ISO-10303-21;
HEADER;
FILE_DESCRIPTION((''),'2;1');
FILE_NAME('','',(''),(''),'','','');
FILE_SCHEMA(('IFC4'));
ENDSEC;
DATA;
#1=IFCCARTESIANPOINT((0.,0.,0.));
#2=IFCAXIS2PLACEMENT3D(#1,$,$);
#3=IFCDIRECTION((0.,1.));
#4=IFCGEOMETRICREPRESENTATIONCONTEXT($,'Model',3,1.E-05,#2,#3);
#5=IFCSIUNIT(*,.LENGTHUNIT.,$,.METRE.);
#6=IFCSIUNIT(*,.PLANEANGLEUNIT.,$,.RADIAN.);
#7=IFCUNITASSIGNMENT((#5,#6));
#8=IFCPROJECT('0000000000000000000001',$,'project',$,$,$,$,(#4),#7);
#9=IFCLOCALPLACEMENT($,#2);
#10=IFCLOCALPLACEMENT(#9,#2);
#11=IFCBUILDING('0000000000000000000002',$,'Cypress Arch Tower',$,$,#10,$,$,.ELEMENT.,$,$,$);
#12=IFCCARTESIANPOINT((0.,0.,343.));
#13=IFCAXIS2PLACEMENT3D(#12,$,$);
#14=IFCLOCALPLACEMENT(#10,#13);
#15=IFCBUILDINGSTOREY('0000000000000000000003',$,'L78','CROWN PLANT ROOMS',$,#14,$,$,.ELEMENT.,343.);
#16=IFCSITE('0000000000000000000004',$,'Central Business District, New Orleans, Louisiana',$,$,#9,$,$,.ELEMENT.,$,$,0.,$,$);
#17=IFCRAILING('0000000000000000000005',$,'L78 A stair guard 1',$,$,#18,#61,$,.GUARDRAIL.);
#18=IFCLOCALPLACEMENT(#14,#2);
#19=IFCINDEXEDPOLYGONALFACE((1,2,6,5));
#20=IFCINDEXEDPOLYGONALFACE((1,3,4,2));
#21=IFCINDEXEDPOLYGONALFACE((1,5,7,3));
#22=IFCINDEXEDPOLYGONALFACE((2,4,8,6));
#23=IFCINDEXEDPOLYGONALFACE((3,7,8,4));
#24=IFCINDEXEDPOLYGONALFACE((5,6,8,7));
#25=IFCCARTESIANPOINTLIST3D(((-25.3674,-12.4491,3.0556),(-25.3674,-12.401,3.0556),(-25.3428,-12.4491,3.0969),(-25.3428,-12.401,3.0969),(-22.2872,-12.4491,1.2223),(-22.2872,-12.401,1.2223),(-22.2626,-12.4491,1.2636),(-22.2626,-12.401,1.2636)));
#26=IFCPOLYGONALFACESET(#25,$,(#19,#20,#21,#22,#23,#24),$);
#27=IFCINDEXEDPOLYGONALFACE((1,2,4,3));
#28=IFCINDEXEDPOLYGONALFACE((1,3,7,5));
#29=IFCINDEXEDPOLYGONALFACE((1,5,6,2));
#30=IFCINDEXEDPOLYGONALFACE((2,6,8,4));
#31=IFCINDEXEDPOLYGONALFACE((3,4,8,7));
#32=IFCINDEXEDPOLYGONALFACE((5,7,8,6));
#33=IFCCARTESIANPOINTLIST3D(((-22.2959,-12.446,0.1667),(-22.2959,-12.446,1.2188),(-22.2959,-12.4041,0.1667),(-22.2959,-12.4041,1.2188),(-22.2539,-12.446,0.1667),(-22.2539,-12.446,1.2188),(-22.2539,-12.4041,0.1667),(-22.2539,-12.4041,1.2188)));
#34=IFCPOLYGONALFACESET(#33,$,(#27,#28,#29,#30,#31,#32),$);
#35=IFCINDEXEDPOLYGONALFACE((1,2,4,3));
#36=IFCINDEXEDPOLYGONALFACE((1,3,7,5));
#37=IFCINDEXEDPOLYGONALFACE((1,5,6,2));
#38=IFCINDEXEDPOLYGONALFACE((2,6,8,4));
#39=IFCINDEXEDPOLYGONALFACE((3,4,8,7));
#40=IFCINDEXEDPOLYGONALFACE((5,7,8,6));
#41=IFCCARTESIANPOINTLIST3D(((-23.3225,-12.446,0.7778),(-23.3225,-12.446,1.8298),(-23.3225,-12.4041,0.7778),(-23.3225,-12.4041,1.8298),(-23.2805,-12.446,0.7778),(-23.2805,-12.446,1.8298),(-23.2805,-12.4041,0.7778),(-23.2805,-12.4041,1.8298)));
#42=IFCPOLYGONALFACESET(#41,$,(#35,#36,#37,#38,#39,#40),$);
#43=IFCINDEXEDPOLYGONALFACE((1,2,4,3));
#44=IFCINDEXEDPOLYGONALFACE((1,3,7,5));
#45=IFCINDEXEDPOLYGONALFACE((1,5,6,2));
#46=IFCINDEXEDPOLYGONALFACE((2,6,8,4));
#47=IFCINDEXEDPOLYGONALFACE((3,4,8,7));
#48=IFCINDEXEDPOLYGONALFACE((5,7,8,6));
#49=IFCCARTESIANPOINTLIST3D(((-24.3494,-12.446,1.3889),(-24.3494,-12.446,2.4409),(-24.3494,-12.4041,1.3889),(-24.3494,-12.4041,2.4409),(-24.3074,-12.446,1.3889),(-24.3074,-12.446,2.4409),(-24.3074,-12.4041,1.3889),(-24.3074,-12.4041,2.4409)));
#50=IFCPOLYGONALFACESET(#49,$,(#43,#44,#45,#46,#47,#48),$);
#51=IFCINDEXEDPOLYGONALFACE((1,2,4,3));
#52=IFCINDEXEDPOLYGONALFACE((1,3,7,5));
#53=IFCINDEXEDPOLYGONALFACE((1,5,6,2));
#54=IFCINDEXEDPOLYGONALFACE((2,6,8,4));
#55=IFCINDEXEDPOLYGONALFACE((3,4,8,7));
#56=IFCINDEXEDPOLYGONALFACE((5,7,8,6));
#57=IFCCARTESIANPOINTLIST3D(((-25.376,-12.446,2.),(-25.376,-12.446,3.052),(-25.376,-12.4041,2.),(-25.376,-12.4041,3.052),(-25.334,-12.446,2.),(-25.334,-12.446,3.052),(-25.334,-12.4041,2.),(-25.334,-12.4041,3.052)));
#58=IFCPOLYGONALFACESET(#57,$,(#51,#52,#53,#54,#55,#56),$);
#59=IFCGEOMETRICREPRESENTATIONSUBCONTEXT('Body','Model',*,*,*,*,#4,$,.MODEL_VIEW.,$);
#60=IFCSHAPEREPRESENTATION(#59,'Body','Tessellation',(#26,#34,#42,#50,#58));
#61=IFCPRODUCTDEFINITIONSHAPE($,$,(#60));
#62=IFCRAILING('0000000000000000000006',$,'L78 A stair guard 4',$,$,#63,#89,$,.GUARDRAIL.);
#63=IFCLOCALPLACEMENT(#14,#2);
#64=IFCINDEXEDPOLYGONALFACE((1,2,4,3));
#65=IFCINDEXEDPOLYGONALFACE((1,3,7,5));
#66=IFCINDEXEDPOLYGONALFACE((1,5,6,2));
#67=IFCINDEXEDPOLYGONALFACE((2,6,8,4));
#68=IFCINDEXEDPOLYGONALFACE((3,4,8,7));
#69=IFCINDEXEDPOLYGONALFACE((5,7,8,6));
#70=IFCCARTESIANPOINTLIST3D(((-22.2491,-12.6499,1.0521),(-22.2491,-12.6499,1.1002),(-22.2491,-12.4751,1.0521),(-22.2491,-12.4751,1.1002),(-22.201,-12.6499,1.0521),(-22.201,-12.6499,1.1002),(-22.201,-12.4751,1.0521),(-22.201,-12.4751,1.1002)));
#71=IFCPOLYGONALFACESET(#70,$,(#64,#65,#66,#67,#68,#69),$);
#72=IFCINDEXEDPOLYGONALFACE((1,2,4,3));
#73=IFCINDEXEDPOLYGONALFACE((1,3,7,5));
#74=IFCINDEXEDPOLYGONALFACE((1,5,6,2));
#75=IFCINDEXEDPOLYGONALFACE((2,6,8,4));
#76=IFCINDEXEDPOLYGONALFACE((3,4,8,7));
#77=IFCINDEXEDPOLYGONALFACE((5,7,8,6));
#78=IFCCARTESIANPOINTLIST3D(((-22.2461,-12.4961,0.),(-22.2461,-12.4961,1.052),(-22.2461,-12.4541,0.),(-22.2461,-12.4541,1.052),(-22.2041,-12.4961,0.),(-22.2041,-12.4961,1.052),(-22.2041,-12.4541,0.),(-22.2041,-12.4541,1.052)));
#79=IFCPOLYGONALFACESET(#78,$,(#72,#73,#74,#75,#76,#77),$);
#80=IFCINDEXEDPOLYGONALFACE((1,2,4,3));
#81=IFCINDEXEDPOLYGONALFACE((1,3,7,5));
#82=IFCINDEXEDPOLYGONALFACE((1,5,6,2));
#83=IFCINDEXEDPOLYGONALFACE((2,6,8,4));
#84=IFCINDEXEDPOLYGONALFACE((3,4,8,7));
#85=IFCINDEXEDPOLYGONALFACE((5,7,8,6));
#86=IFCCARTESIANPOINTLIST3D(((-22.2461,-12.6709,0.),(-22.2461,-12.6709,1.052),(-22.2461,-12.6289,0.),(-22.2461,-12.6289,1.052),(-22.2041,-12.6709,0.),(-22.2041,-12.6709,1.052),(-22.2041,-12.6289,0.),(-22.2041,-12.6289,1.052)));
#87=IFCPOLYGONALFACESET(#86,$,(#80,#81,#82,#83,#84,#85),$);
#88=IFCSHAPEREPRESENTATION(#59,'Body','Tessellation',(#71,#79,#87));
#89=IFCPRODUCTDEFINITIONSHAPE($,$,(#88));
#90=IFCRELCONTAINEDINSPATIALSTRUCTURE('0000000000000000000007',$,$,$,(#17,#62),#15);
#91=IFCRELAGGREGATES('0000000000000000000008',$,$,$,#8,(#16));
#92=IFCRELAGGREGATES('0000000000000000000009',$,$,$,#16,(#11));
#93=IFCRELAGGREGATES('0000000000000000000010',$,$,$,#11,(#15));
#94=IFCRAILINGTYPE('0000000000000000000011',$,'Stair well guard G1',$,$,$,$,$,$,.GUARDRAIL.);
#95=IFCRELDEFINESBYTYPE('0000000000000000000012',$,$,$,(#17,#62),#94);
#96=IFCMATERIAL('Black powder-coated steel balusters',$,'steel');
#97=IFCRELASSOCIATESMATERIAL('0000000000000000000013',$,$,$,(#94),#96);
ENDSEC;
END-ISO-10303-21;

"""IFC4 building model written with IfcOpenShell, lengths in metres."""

from ifc_helpers import new_model, si_unit, direction, frame, origin, origin_2d, place, context, subcontext, project, spatial, rectangle, extrude, material, type_object, element, save


model = new_model("IFC4")

# Units and contexts
model_context = context("Model", 3, precision=1e-05, world=origin(), true_north=direction((0.0, 1.0)))
body_context = subcontext(model_context, "Body", "Model", "MODEL_VIEW")
ifc_project = project(units=[si_unit("LENGTHUNIT", "METRE"), si_unit("PLANEANGLEUNIT", "RADIAN")], contexts=[model_context])

# Site, building, storey
site_placement = place(None, origin())
site = spatial("IfcSite", under=ifc_project, at=site_placement, Name="Central Business District, New Orleans, Louisiana", CompositionType="ELEMENT", RefElevation=0.0)
building_placement = place(site_placement, origin())
building = spatial("IfcBuilding", under=site, at=building_placement, Name="Cypress Arch Tower", CompositionType="ELEMENT")
storey_placement = place(building_placement, frame((0.0, 0.0, 343.0)))
storey = spatial("IfcBuildingStorey", under=building, at=storey_placement, Name="L78", Description="CROWN PLANT ROOMS", CompositionType="ELEMENT", Elevation=343.0)

# Railings
ifc_material_1 = material(Name="Black powder-coated steel balusters", Category="steel")
railing_type_1 = type_object("IfcRailingType", Name="Stair well guard G1", PredefinedType="GUARDRAIL", material=ifc_material_1)
railing_1_placement = place(storey_placement, frame((-22.2749, -12.425, 0.1667)))
element("IfcRailing", 1, at=railing_1_placement, inside=storey, type_object=railing_type_1, Name="L78 A stair guard 1", PredefinedType="GUARDRAIL", context=body_context, shape_type="SweptSolid", body=[
    extrude(rectangle(XDim=0.0481, YDim=0.0481, at=origin_2d()), frame((0.0, 0.0, 1.0762), z_axis=(-0.859309, 0.0, 0.511458), x_axis=(0.0, -1.0, 0.0)), (0.0, 0.0, 1.0), 3.5845),
    extrude(rectangle(XDim=0.042, YDim=0.042, at=origin_2d()), origin(), (0.0, 0.0, 1.0), 1.052),
    extrude(rectangle(XDim=0.042, YDim=0.042, at=origin_2d()), frame((-1.0266, 0.0, 0.6111)), (0.0, 0.0, 1.0), 1.052),
    extrude(rectangle(XDim=0.042, YDim=0.042, at=origin_2d()), frame((-2.0535, 0.0, 1.2222)), (0.0, 0.0, 1.0), 1.052),
    extrude(rectangle(XDim=0.042, YDim=0.042, at=origin_2d()), frame((-3.0801, 0.0, 1.8333)), (0.0, 0.0, 1.0), 1.052),
])
railing_2_placement = place(storey_placement, frame((-22.2251, -12.4751, 0.0)))
element("IfcRailing", 2, at=railing_2_placement, inside=storey, type_object=railing_type_1, Name="L78 A stair guard 4", PredefinedType="GUARDRAIL", context=body_context, shape_type="SweptSolid", body=[
    extrude(rectangle(XDim=0.0481, YDim=0.0481, at=origin_2d()), frame((0.0, 0.0, 1.0762), z_axis=(0.0, -1.0, 0.0), x_axis=(1.0, 0.0, 0.0)), (0.0, 0.0, 1.0), 0.1748),
    extrude(rectangle(XDim=0.042, YDim=0.042, at=origin_2d()), origin(), (0.0, 0.0, 1.0), 1.052),
    extrude(rectangle(XDim=0.042, YDim=0.042, at=origin_2d()), frame((0.0, -0.1748, 0.0)), (0.0, 0.0, 1.0), 1.052),
])

save(model, "model.ifc")
